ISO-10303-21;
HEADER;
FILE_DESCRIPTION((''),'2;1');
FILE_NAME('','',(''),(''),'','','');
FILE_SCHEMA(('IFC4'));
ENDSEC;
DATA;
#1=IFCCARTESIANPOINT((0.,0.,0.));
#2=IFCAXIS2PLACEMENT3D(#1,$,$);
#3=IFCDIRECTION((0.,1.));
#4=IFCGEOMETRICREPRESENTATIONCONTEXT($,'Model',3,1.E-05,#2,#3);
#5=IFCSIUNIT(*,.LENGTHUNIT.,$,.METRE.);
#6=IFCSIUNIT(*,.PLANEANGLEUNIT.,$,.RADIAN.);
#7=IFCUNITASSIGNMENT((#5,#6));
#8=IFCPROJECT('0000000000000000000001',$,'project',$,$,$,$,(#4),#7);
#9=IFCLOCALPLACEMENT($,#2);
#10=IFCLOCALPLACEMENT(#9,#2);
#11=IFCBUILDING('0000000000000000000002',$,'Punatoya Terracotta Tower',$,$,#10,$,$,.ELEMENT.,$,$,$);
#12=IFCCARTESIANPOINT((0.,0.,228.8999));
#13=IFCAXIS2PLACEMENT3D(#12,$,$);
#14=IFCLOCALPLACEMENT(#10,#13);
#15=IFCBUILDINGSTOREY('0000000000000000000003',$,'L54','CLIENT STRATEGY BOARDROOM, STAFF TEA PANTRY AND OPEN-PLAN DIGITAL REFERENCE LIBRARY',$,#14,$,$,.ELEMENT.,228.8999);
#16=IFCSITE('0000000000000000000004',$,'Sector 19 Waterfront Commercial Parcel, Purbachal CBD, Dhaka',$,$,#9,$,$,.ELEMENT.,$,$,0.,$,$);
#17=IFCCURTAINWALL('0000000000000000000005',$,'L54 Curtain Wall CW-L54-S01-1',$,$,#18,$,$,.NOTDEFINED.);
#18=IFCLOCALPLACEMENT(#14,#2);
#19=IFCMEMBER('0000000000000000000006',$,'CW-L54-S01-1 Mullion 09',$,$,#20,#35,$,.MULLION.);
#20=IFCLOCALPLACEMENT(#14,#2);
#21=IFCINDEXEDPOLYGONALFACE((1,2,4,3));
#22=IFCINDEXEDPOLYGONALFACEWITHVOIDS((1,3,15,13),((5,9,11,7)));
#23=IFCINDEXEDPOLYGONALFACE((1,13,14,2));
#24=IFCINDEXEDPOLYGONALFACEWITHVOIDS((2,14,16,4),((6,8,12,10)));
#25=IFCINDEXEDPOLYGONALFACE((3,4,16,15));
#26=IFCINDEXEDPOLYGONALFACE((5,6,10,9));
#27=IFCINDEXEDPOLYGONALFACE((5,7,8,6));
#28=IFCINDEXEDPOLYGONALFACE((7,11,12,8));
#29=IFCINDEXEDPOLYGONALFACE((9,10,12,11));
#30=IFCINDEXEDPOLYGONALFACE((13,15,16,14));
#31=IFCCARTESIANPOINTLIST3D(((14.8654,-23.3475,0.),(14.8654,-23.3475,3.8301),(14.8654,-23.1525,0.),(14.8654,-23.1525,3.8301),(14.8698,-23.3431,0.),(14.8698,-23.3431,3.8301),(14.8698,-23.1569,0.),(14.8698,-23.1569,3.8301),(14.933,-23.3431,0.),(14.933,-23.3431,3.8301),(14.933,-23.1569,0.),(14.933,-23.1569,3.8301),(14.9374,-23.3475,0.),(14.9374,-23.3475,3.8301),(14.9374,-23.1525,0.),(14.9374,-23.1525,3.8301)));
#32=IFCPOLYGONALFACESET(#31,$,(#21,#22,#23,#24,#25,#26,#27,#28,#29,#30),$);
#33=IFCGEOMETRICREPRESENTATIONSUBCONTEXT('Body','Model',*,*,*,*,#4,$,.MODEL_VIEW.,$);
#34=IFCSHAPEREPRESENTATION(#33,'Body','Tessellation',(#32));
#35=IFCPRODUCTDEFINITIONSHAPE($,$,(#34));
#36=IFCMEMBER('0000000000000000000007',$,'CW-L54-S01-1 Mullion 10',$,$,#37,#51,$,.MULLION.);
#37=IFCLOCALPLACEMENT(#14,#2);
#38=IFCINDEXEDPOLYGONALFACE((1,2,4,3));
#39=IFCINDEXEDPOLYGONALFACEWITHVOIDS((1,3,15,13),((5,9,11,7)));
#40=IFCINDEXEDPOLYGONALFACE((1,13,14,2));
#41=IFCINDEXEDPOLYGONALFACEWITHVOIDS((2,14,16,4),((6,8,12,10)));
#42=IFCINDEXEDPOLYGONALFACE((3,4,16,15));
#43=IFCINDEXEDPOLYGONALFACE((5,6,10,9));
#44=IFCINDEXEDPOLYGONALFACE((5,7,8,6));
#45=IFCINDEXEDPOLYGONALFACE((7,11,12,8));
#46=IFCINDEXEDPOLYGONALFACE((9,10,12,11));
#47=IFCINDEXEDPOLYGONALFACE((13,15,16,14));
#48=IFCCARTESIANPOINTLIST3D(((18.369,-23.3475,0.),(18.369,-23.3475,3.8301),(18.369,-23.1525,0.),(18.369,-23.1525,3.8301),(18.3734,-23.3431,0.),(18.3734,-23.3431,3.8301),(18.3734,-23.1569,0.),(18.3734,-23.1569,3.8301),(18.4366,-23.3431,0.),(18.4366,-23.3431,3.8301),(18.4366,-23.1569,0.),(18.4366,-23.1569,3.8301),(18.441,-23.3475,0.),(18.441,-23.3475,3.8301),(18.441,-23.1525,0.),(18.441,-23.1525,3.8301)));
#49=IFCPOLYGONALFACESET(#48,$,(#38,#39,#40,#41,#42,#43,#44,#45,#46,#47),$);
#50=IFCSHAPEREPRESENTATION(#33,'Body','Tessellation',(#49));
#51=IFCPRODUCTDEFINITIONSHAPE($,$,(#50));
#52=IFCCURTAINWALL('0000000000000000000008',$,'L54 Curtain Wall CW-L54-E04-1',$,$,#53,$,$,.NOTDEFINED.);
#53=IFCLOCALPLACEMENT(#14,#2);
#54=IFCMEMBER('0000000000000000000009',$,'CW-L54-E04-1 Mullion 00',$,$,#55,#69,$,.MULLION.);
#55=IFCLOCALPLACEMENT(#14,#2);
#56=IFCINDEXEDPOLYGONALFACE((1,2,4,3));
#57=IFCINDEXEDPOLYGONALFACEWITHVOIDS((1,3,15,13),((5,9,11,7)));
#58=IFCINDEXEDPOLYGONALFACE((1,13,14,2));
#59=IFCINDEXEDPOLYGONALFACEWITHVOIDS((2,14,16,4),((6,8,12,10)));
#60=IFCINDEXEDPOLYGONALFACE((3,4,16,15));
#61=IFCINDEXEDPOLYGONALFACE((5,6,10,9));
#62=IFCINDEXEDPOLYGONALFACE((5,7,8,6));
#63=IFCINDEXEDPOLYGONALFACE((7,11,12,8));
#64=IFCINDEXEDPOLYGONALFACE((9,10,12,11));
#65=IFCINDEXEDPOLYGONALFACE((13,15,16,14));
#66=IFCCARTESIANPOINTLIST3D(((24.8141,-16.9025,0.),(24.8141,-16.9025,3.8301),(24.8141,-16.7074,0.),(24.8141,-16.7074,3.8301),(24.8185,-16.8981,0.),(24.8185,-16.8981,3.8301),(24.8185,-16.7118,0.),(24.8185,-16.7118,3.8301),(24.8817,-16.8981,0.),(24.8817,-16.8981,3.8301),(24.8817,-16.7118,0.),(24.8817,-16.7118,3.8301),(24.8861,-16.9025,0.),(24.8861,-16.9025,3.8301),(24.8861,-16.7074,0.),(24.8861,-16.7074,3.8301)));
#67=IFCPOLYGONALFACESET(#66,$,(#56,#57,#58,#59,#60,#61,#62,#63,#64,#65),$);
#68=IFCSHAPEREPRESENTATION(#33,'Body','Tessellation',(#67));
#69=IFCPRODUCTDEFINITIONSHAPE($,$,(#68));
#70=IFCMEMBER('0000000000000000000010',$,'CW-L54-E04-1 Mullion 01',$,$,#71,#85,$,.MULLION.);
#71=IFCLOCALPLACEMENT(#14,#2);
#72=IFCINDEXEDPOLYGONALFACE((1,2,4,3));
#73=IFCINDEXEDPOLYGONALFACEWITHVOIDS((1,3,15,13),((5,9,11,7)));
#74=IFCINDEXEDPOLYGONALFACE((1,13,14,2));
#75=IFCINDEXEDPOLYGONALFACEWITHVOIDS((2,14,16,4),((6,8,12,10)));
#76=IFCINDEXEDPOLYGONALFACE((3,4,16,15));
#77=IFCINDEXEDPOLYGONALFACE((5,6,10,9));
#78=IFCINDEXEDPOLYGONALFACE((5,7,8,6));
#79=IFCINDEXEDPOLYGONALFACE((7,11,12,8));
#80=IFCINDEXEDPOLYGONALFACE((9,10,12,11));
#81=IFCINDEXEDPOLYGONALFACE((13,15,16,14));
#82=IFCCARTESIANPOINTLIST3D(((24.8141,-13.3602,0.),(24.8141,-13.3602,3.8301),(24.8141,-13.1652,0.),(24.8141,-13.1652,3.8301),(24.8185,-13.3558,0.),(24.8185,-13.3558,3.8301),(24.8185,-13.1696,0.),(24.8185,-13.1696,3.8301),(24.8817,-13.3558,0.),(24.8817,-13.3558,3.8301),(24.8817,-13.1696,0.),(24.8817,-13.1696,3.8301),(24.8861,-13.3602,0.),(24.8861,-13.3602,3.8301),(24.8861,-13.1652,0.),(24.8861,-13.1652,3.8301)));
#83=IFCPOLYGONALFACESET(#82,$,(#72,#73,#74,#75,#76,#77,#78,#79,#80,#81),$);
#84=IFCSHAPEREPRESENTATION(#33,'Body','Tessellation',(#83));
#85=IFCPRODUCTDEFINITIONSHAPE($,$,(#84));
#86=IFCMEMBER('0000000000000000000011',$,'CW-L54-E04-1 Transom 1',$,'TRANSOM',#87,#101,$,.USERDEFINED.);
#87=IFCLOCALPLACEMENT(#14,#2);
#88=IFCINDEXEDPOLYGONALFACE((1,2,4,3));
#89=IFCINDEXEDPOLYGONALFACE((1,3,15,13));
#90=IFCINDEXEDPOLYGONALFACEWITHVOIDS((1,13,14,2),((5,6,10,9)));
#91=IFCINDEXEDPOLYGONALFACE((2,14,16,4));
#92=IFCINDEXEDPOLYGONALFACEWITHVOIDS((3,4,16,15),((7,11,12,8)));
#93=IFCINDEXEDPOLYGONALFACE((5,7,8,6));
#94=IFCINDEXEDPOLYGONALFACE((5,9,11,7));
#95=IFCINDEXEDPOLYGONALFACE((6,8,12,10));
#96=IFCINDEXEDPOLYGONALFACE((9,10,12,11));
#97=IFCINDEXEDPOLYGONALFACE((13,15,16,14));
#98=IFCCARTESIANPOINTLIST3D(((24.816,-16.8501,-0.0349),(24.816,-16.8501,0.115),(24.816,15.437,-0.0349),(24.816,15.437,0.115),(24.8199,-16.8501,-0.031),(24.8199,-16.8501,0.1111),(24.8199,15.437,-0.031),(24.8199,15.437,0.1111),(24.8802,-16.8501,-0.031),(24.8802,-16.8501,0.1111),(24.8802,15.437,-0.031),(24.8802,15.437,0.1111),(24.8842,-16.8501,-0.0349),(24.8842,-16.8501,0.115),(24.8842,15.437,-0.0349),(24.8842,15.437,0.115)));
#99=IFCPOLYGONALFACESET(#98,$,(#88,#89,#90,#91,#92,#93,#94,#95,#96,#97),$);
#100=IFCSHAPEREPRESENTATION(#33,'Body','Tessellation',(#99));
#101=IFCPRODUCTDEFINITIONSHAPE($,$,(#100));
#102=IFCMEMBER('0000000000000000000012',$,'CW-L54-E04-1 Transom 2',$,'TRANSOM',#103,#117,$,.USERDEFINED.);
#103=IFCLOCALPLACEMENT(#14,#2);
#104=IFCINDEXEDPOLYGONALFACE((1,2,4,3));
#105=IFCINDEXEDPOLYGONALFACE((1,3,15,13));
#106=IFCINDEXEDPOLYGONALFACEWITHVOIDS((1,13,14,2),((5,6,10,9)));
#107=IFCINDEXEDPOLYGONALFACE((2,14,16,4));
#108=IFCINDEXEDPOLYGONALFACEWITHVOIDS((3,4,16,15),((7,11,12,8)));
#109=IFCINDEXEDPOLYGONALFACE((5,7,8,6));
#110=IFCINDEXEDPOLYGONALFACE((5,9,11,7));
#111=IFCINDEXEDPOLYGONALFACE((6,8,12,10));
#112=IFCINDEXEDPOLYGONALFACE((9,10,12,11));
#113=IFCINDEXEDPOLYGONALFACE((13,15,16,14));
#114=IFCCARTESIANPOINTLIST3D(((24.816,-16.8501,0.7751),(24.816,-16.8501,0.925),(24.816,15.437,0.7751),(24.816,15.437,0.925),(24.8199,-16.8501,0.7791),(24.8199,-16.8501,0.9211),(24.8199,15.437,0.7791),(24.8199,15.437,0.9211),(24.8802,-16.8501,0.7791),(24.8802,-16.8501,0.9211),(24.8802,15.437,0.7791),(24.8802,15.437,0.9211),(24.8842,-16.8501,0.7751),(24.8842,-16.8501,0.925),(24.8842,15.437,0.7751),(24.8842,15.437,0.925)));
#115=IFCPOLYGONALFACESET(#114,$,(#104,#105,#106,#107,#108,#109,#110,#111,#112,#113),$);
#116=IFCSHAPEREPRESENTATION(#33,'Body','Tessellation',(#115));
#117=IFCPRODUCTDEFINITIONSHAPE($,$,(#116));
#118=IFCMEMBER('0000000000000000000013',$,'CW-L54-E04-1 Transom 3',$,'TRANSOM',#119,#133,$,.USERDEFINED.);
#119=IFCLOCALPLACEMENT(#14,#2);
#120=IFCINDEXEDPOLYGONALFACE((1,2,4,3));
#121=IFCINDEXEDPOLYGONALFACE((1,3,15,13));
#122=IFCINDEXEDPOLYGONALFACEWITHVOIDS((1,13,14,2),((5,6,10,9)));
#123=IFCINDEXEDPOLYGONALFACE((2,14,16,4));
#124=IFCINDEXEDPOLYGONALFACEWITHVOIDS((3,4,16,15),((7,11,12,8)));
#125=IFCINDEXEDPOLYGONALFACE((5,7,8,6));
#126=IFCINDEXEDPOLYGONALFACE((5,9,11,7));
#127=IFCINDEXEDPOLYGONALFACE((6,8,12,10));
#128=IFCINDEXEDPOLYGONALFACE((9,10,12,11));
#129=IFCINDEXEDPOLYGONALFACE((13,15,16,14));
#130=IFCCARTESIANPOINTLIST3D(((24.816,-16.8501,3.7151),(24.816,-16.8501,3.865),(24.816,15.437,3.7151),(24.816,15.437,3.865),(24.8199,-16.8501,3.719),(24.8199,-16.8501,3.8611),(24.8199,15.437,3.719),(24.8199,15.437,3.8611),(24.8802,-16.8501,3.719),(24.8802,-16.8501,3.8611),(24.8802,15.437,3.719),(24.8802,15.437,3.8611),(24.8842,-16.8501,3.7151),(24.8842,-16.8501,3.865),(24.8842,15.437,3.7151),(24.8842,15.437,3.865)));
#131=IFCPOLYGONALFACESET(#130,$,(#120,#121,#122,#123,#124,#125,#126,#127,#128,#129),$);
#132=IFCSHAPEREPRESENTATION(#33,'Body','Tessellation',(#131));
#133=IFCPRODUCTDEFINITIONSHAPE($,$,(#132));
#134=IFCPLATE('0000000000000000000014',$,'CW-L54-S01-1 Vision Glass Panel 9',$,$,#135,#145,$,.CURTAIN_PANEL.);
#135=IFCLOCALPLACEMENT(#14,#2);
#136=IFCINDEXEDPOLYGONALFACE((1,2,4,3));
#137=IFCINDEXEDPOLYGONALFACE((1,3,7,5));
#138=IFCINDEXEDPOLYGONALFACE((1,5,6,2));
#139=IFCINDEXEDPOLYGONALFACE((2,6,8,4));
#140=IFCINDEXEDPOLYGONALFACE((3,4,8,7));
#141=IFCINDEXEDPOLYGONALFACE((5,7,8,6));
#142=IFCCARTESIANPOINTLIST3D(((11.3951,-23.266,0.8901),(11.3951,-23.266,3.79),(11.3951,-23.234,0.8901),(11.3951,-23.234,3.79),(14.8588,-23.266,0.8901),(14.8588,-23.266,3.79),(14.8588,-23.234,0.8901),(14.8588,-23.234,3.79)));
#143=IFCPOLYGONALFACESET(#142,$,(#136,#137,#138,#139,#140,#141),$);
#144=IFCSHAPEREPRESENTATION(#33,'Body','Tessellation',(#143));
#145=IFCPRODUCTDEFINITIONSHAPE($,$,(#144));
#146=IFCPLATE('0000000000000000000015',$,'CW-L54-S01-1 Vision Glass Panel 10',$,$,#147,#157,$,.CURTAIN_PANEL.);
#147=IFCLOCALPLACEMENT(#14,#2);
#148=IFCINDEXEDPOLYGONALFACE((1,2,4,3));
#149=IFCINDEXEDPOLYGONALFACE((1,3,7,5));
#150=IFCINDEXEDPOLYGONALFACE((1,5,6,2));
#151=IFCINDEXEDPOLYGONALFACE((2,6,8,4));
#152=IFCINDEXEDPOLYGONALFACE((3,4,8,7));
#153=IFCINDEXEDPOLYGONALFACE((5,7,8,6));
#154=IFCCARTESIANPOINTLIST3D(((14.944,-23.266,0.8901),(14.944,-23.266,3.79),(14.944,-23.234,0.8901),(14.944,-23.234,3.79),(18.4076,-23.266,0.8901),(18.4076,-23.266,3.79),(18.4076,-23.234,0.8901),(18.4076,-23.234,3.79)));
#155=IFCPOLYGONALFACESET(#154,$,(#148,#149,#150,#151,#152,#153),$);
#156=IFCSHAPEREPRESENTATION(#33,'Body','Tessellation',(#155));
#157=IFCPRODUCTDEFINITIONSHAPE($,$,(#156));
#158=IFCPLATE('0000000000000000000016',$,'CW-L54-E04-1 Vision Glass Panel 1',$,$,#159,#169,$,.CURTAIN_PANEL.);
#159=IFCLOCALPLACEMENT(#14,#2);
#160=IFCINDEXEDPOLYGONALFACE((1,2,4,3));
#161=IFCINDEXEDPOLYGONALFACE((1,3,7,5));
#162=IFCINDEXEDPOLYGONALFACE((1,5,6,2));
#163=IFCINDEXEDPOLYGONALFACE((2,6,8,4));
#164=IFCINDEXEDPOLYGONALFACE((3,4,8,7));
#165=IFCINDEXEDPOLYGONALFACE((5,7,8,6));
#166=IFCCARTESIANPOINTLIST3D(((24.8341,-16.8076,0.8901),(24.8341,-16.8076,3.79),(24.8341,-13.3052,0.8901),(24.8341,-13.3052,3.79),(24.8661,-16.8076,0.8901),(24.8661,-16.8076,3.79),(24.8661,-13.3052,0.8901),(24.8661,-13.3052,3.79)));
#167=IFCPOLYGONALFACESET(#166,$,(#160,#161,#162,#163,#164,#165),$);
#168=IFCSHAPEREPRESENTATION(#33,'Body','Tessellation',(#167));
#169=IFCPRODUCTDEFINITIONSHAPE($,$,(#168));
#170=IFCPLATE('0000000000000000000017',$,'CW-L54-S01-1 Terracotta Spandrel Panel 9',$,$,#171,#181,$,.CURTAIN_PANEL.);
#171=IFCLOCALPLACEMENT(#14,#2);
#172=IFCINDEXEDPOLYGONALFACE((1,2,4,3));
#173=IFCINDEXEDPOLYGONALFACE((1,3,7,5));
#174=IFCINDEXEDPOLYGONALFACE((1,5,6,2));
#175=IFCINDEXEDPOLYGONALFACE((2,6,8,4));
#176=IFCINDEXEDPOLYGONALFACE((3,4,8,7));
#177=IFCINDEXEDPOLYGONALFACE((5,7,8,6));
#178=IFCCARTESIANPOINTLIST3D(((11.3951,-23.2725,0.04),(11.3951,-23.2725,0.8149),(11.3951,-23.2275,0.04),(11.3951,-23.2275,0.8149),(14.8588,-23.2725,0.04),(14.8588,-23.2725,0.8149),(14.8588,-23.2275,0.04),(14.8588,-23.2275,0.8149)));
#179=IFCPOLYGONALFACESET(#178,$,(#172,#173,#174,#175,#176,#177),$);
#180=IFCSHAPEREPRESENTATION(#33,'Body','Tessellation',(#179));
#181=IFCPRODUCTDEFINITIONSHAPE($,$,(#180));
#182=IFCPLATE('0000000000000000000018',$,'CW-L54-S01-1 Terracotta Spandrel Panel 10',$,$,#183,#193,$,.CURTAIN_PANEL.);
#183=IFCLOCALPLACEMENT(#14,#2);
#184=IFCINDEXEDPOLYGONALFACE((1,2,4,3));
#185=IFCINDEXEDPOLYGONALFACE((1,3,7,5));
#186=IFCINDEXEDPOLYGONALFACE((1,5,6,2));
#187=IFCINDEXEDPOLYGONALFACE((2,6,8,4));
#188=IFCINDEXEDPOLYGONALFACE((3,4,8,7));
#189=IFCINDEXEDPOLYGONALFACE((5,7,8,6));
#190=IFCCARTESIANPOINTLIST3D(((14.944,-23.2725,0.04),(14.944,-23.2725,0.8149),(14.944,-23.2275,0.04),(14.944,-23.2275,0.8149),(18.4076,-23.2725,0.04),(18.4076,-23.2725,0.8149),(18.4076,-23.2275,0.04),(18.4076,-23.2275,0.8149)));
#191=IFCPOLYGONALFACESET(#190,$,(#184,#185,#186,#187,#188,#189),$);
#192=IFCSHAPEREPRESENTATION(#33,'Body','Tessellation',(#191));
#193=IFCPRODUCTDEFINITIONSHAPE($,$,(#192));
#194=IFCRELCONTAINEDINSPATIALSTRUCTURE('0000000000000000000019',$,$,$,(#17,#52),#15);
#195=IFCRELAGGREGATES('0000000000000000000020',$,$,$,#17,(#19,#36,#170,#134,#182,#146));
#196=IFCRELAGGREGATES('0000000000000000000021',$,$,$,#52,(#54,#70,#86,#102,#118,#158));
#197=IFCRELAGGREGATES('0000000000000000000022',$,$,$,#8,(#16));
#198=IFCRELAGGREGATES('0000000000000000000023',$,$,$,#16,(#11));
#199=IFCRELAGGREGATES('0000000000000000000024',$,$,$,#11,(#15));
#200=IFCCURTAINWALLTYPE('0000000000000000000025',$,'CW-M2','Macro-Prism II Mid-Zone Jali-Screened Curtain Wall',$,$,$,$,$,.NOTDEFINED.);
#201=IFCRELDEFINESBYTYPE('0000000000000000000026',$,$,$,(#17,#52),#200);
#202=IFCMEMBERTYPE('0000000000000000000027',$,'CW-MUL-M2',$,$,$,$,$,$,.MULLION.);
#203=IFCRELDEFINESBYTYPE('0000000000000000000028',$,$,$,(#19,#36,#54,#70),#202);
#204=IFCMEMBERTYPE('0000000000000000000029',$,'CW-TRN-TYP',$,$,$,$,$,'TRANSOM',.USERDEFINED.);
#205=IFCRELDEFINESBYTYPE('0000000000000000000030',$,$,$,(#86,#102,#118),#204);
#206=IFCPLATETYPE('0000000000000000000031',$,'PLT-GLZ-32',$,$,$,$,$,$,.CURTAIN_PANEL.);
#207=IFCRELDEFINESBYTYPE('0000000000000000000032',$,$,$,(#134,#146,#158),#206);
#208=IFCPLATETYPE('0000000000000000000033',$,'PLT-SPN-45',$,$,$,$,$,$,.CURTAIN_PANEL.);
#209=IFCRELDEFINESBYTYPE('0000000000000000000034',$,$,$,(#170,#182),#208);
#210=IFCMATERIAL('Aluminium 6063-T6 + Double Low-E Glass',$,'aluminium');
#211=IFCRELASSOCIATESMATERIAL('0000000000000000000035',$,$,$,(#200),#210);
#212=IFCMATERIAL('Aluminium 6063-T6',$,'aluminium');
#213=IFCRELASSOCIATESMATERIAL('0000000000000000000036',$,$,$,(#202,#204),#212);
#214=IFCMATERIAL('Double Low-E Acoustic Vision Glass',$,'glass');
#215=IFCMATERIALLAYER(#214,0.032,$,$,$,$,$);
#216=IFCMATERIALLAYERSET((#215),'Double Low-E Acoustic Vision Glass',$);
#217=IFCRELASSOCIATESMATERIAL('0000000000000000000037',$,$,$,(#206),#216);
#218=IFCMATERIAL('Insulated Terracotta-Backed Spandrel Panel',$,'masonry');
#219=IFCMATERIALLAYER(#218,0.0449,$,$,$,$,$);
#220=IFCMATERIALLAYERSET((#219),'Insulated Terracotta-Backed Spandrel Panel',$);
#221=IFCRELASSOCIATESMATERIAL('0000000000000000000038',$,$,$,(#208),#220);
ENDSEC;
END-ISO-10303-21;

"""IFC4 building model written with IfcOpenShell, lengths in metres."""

from ifc_helpers import new_model, si_unit, direction, frame, origin, origin_2d, place, context, subcontext, project, spatial, rectangle, hollow_rectangle, extrude, material, layer, layer_set, material_profile, profile_set, type_object, element, aggregate, save


model = new_model("IFC4")

# Units and contexts
model_context = context("Model", 3, precision=1e-05, world=origin(), true_north=direction((0.0, 1.0)))
body_context = subcontext(model_context, "Body", "Model", "MODEL_VIEW")
ifc_project = project(units=[si_unit("LENGTHUNIT", "METRE"), si_unit("PLANEANGLEUNIT", "RADIAN")], contexts=[model_context])

# Site, building, storey
site_placement = place(None, origin())
site = spatial("IfcSite", under=ifc_project, at=site_placement, Name="Sector 19 Waterfront Commercial Parcel, Purbachal CBD, Dhaka", CompositionType="ELEMENT", RefElevation=0.0)
building_placement = place(site_placement, origin())
building = spatial("IfcBuilding", under=site, at=building_placement, Name="Punatoya Terracotta Tower", CompositionType="ELEMENT")
storey_placement = place(building_placement, frame((0.0, 0.0, 228.8999)))
storey = spatial("IfcBuildingStorey", under=building, at=storey_placement, Name="L54", Description="CLIENT STRATEGY BOARDROOM, STAFF TEA PANTRY AND OPEN-PLAN DIGITAL REFERENCE LIBRARY", CompositionType="ELEMENT", Elevation=228.8999)

# Curtain walls, members
ifc_material_1 = material(Name="Aluminium 6063-T6 + Double Low-E Glass", Category="aluminium")
curtain_wall_type = type_object("IfcCurtainWallType", Name="CW-M2", Description="Macro-Prism II Mid-Zone Jali-Screened Curtain Wall", PredefinedType="NOTDEFINED", material=ifc_material_1)
curtain_wall_1_placement = place(storey_placement, origin())
curtain_wall_1 = element("IfcCurtainWall", 1, at=curtain_wall_1_placement, inside=storey, type_object=curtain_wall_type, Name="L54 Curtain Wall CW-L54-S01-1", PredefinedType="NOTDEFINED")
ifc_material_2 = material(Name="Aluminium 6063-T6", Category="aluminium")
ifc_material_profile_1 = material_profile(ifc_material_2, hollow_rectangle(XDim=0.072, YDim=0.1951, WallThickness=0.0044, at=origin_2d()))
ifc_profile_set_1 = profile_set([ifc_material_profile_1], Name="Aluminium 6063-T6")
member_type_1 = type_object("IfcMemberType", Name="CW-MUL-M2", PredefinedType="MULLION", material=ifc_profile_set_1)
member_1_placement = place(storey_placement, frame((14.9014, -23.25, 0.0), z_axis=(0.0, 0.0, 1.0), x_axis=(1.0, 0.0, 0.0)))
member_1 = element("IfcMember", 2, at=member_1_placement, type_object=member_type_1, Name="CW-L54-S01-1 Mullion 09", PredefinedType="MULLION", context=body_context, shape_type="SweptSolid", body=[
    extrude(hollow_rectangle(XDim=0.072, YDim=0.1951, WallThickness=0.0044, at=origin_2d()), origin(), (0.0, 0.0, 1.0), 3.8301),
])
member_2_placement = place(storey_placement, frame((18.405, -23.25, 0.0), z_axis=(0.0, 0.0, 1.0), x_axis=(1.0, 0.0, 0.0)))
member_2 = element("IfcMember", 3, at=member_2_placement, type_object=member_type_1, Name="CW-L54-S01-1 Mullion 10", PredefinedType="MULLION", context=body_context, shape_type="SweptSolid", body=[
    extrude(hollow_rectangle(XDim=0.072, YDim=0.1951, WallThickness=0.0044, at=origin_2d()), origin(), (0.0, 0.0, 1.0), 3.8301),
])
curtain_wall_2_placement = place(storey_placement, origin())
curtain_wall_2 = element("IfcCurtainWall", 4, at=curtain_wall_2_placement, inside=storey, type_object=curtain_wall_type, Name="L54 Curtain Wall CW-L54-E04-1", PredefinedType="NOTDEFINED")
member_3_placement = place(storey_placement, frame((24.8501, -16.8049, 0.0), z_axis=(0.0, 0.0, 1.0), x_axis=(1.0, 0.0, 0.0)))
member_3 = element("IfcMember", 5, at=member_3_placement, type_object=member_type_1, Name="CW-L54-E04-1 Mullion 00", PredefinedType="MULLION", context=body_context, shape_type="SweptSolid", body=[
    extrude(hollow_rectangle(XDim=0.072, YDim=0.1951, WallThickness=0.0044, at=origin_2d()), origin(), (0.0, 0.0, 1.0), 3.8301),
])
member_4_placement = place(storey_placement, frame((24.8501, -13.2627, 0.0), z_axis=(0.0, 0.0, 1.0), x_axis=(1.0, 0.0, 0.0)))
member_4 = element("IfcMember", 6, at=member_4_placement, type_object=member_type_1, Name="CW-L54-E04-1 Mullion 01", PredefinedType="MULLION", context=body_context, shape_type="SweptSolid", body=[
    extrude(hollow_rectangle(XDim=0.072, YDim=0.1951, WallThickness=0.0044, at=origin_2d()), origin(), (0.0, 0.0, 1.0), 3.8301),
])
ifc_material_profile_2 = material_profile(ifc_material_2, hollow_rectangle(XDim=0.0681, YDim=0.1499, WallThickness=0.0039, at=origin_2d()))
ifc_profile_set_2 = profile_set([ifc_material_profile_2], Name="Aluminium 6063-T6")
member_type_2 = type_object("IfcMemberType", Name="CW-TRN-TYP", ElementType="TRANSOM", PredefinedType="USERDEFINED", material=ifc_profile_set_2)
member_5_placement = place(storey_placement, frame((24.8501, -16.8501, 0.04), z_axis=(0.0, 1.0, 0.0), x_axis=(-1.0, 0.0, 0.0)))
member_5 = element("IfcMember", 7, at=member_5_placement, type_object=member_type_2, Name="CW-L54-E04-1 Transom 1", ObjectType="TRANSOM", PredefinedType="USERDEFINED", context=body_context, shape_type="SweptSolid", body=[
    extrude(hollow_rectangle(XDim=0.0681, YDim=0.1499, WallThickness=0.0039, at=origin_2d()), origin(), (0.0, 0.0, 1.0), 32.2871),
])
member_6_placement = place(storey_placement, frame((24.8501, -16.8501, 0.8501), z_axis=(0.0, 1.0, 0.0), x_axis=(-1.0, 0.0, 0.0)))
member_6 = element("IfcMember", 8, at=member_6_placement, type_object=member_type_2, Name="CW-L54-E04-1 Transom 2", ObjectType="TRANSOM", PredefinedType="USERDEFINED", context=body_context, shape_type="SweptSolid", body=[
    extrude(hollow_rectangle(XDim=0.0681, YDim=0.1499, WallThickness=0.0039, at=origin_2d()), origin(), (0.0, 0.0, 1.0), 32.2871),
])
member_7_placement = place(storey_placement, frame((24.8501, -16.8501, 3.79), z_axis=(0.0, 1.0, 0.0), x_axis=(-1.0, 0.0, 0.0)))
member_7 = element("IfcMember", 9, at=member_7_placement, type_object=member_type_2, Name="CW-L54-E04-1 Transom 3", ObjectType="TRANSOM", PredefinedType="USERDEFINED", context=body_context, shape_type="SweptSolid", body=[
    extrude(hollow_rectangle(XDim=0.0681, YDim=0.1499, WallThickness=0.0039, at=origin_2d()), origin(), (0.0, 0.0, 1.0), 32.2871),
])

# Plates
ifc_material_3 = material(Name="Double Low-E Acoustic Vision Glass", Category="glass")
ifc_layer_1 = layer(ifc_material_3, 0.032)
ifc_layer_set_1 = layer_set([ifc_layer_1], Name="Double Low-E Acoustic Vision Glass")
plate_type_1 = type_object("IfcPlateType", Name="PLT-GLZ-32", PredefinedType="CURTAIN_PANEL", material=ifc_layer_set_1)
plate_1_placement = place(storey_placement, frame((13.127, -23.25, 0.8901), z_axis=(0.0, 0.0, 1.0), x_axis=(1.0, 0.0, 0.0)))
plate_1 = element("IfcPlate", 10, at=plate_1_placement, type_object=plate_type_1, Name="CW-L54-S01-1 Vision Glass Panel 9", PredefinedType="CURTAIN_PANEL", context=body_context, shape_type="SweptSolid", body=[
    extrude(rectangle(XDim=3.4636, YDim=0.032, at=origin_2d()), origin(), (0.0, 0.0, 1.0), 2.8999),
])
plate_2_placement = place(storey_placement, frame((16.6758, -23.25, 0.8901), z_axis=(0.0, 0.0, 1.0), x_axis=(1.0, 0.0, 0.0)))
plate_2 = element("IfcPlate", 11, at=plate_2_placement, type_object=plate_type_1, Name="CW-L54-S01-1 Vision Glass Panel 10", PredefinedType="CURTAIN_PANEL", context=body_context, shape_type="SweptSolid", body=[
    extrude(rectangle(XDim=3.4636, YDim=0.032, at=origin_2d()), origin(), (0.0, 0.0, 1.0), 2.8999),
])
plate_3_placement = place(storey_placement, frame((24.8501, -15.0564, 0.8901), z_axis=(0.0, 0.0, 1.0), x_axis=(0.0, 1.0, 0.0)))
plate_3 = element("IfcPlate", 12, at=plate_3_placement, type_object=plate_type_1, Name="CW-L54-E04-1 Vision Glass Panel 1", PredefinedType="CURTAIN_PANEL", context=body_context, shape_type="SweptSolid", body=[
    extrude(rectangle(XDim=3.5024, YDim=0.032, at=origin_2d()), origin(), (0.0, 0.0, 1.0), 2.8999),
])
ifc_material_4 = material(Name="Insulated Terracotta-Backed Spandrel Panel", Category="masonry")
ifc_layer_2 = layer(ifc_material_4, 0.0449)
ifc_layer_set_2 = layer_set([ifc_layer_2], Name="Insulated Terracotta-Backed Spandrel Panel")
plate_type_2 = type_object("IfcPlateType", Name="PLT-SPN-45", PredefinedType="CURTAIN_PANEL", material=ifc_layer_set_2)
plate_4_placement = place(storey_placement, frame((13.127, -23.25, 0.04), z_axis=(0.0, 0.0, 1.0), x_axis=(1.0, 0.0, 0.0)))
plate_4 = element("IfcPlate", 13, at=plate_4_placement, type_object=plate_type_2, Name="CW-L54-S01-1 Terracotta Spandrel Panel 9", PredefinedType="CURTAIN_PANEL", context=body_context, shape_type="SweptSolid", body=[
    extrude(rectangle(XDim=3.4636, YDim=0.0449, at=origin_2d()), origin(), (0.0, 0.0, 1.0), 0.7749),
])
plate_5_placement = place(storey_placement, frame((16.6758, -23.25, 0.04), z_axis=(0.0, 0.0, 1.0), x_axis=(1.0, 0.0, 0.0)))
plate_5 = element("IfcPlate", 14, at=plate_5_placement, type_object=plate_type_2, Name="CW-L54-S01-1 Terracotta Spandrel Panel 10", PredefinedType="CURTAIN_PANEL", context=body_context, shape_type="SweptSolid", body=[
    extrude(rectangle(XDim=3.4636, YDim=0.0449, at=origin_2d()), origin(), (0.0, 0.0, 1.0), 0.7749),
])
aggregate(curtain_wall_1, [member_1, member_2, plate_4, plate_1, plate_5, plate_2])
aggregate(curtain_wall_2, [member_3, member_4, member_5, member_6, member_7, plate_3])

save(model, "model.ifc")
